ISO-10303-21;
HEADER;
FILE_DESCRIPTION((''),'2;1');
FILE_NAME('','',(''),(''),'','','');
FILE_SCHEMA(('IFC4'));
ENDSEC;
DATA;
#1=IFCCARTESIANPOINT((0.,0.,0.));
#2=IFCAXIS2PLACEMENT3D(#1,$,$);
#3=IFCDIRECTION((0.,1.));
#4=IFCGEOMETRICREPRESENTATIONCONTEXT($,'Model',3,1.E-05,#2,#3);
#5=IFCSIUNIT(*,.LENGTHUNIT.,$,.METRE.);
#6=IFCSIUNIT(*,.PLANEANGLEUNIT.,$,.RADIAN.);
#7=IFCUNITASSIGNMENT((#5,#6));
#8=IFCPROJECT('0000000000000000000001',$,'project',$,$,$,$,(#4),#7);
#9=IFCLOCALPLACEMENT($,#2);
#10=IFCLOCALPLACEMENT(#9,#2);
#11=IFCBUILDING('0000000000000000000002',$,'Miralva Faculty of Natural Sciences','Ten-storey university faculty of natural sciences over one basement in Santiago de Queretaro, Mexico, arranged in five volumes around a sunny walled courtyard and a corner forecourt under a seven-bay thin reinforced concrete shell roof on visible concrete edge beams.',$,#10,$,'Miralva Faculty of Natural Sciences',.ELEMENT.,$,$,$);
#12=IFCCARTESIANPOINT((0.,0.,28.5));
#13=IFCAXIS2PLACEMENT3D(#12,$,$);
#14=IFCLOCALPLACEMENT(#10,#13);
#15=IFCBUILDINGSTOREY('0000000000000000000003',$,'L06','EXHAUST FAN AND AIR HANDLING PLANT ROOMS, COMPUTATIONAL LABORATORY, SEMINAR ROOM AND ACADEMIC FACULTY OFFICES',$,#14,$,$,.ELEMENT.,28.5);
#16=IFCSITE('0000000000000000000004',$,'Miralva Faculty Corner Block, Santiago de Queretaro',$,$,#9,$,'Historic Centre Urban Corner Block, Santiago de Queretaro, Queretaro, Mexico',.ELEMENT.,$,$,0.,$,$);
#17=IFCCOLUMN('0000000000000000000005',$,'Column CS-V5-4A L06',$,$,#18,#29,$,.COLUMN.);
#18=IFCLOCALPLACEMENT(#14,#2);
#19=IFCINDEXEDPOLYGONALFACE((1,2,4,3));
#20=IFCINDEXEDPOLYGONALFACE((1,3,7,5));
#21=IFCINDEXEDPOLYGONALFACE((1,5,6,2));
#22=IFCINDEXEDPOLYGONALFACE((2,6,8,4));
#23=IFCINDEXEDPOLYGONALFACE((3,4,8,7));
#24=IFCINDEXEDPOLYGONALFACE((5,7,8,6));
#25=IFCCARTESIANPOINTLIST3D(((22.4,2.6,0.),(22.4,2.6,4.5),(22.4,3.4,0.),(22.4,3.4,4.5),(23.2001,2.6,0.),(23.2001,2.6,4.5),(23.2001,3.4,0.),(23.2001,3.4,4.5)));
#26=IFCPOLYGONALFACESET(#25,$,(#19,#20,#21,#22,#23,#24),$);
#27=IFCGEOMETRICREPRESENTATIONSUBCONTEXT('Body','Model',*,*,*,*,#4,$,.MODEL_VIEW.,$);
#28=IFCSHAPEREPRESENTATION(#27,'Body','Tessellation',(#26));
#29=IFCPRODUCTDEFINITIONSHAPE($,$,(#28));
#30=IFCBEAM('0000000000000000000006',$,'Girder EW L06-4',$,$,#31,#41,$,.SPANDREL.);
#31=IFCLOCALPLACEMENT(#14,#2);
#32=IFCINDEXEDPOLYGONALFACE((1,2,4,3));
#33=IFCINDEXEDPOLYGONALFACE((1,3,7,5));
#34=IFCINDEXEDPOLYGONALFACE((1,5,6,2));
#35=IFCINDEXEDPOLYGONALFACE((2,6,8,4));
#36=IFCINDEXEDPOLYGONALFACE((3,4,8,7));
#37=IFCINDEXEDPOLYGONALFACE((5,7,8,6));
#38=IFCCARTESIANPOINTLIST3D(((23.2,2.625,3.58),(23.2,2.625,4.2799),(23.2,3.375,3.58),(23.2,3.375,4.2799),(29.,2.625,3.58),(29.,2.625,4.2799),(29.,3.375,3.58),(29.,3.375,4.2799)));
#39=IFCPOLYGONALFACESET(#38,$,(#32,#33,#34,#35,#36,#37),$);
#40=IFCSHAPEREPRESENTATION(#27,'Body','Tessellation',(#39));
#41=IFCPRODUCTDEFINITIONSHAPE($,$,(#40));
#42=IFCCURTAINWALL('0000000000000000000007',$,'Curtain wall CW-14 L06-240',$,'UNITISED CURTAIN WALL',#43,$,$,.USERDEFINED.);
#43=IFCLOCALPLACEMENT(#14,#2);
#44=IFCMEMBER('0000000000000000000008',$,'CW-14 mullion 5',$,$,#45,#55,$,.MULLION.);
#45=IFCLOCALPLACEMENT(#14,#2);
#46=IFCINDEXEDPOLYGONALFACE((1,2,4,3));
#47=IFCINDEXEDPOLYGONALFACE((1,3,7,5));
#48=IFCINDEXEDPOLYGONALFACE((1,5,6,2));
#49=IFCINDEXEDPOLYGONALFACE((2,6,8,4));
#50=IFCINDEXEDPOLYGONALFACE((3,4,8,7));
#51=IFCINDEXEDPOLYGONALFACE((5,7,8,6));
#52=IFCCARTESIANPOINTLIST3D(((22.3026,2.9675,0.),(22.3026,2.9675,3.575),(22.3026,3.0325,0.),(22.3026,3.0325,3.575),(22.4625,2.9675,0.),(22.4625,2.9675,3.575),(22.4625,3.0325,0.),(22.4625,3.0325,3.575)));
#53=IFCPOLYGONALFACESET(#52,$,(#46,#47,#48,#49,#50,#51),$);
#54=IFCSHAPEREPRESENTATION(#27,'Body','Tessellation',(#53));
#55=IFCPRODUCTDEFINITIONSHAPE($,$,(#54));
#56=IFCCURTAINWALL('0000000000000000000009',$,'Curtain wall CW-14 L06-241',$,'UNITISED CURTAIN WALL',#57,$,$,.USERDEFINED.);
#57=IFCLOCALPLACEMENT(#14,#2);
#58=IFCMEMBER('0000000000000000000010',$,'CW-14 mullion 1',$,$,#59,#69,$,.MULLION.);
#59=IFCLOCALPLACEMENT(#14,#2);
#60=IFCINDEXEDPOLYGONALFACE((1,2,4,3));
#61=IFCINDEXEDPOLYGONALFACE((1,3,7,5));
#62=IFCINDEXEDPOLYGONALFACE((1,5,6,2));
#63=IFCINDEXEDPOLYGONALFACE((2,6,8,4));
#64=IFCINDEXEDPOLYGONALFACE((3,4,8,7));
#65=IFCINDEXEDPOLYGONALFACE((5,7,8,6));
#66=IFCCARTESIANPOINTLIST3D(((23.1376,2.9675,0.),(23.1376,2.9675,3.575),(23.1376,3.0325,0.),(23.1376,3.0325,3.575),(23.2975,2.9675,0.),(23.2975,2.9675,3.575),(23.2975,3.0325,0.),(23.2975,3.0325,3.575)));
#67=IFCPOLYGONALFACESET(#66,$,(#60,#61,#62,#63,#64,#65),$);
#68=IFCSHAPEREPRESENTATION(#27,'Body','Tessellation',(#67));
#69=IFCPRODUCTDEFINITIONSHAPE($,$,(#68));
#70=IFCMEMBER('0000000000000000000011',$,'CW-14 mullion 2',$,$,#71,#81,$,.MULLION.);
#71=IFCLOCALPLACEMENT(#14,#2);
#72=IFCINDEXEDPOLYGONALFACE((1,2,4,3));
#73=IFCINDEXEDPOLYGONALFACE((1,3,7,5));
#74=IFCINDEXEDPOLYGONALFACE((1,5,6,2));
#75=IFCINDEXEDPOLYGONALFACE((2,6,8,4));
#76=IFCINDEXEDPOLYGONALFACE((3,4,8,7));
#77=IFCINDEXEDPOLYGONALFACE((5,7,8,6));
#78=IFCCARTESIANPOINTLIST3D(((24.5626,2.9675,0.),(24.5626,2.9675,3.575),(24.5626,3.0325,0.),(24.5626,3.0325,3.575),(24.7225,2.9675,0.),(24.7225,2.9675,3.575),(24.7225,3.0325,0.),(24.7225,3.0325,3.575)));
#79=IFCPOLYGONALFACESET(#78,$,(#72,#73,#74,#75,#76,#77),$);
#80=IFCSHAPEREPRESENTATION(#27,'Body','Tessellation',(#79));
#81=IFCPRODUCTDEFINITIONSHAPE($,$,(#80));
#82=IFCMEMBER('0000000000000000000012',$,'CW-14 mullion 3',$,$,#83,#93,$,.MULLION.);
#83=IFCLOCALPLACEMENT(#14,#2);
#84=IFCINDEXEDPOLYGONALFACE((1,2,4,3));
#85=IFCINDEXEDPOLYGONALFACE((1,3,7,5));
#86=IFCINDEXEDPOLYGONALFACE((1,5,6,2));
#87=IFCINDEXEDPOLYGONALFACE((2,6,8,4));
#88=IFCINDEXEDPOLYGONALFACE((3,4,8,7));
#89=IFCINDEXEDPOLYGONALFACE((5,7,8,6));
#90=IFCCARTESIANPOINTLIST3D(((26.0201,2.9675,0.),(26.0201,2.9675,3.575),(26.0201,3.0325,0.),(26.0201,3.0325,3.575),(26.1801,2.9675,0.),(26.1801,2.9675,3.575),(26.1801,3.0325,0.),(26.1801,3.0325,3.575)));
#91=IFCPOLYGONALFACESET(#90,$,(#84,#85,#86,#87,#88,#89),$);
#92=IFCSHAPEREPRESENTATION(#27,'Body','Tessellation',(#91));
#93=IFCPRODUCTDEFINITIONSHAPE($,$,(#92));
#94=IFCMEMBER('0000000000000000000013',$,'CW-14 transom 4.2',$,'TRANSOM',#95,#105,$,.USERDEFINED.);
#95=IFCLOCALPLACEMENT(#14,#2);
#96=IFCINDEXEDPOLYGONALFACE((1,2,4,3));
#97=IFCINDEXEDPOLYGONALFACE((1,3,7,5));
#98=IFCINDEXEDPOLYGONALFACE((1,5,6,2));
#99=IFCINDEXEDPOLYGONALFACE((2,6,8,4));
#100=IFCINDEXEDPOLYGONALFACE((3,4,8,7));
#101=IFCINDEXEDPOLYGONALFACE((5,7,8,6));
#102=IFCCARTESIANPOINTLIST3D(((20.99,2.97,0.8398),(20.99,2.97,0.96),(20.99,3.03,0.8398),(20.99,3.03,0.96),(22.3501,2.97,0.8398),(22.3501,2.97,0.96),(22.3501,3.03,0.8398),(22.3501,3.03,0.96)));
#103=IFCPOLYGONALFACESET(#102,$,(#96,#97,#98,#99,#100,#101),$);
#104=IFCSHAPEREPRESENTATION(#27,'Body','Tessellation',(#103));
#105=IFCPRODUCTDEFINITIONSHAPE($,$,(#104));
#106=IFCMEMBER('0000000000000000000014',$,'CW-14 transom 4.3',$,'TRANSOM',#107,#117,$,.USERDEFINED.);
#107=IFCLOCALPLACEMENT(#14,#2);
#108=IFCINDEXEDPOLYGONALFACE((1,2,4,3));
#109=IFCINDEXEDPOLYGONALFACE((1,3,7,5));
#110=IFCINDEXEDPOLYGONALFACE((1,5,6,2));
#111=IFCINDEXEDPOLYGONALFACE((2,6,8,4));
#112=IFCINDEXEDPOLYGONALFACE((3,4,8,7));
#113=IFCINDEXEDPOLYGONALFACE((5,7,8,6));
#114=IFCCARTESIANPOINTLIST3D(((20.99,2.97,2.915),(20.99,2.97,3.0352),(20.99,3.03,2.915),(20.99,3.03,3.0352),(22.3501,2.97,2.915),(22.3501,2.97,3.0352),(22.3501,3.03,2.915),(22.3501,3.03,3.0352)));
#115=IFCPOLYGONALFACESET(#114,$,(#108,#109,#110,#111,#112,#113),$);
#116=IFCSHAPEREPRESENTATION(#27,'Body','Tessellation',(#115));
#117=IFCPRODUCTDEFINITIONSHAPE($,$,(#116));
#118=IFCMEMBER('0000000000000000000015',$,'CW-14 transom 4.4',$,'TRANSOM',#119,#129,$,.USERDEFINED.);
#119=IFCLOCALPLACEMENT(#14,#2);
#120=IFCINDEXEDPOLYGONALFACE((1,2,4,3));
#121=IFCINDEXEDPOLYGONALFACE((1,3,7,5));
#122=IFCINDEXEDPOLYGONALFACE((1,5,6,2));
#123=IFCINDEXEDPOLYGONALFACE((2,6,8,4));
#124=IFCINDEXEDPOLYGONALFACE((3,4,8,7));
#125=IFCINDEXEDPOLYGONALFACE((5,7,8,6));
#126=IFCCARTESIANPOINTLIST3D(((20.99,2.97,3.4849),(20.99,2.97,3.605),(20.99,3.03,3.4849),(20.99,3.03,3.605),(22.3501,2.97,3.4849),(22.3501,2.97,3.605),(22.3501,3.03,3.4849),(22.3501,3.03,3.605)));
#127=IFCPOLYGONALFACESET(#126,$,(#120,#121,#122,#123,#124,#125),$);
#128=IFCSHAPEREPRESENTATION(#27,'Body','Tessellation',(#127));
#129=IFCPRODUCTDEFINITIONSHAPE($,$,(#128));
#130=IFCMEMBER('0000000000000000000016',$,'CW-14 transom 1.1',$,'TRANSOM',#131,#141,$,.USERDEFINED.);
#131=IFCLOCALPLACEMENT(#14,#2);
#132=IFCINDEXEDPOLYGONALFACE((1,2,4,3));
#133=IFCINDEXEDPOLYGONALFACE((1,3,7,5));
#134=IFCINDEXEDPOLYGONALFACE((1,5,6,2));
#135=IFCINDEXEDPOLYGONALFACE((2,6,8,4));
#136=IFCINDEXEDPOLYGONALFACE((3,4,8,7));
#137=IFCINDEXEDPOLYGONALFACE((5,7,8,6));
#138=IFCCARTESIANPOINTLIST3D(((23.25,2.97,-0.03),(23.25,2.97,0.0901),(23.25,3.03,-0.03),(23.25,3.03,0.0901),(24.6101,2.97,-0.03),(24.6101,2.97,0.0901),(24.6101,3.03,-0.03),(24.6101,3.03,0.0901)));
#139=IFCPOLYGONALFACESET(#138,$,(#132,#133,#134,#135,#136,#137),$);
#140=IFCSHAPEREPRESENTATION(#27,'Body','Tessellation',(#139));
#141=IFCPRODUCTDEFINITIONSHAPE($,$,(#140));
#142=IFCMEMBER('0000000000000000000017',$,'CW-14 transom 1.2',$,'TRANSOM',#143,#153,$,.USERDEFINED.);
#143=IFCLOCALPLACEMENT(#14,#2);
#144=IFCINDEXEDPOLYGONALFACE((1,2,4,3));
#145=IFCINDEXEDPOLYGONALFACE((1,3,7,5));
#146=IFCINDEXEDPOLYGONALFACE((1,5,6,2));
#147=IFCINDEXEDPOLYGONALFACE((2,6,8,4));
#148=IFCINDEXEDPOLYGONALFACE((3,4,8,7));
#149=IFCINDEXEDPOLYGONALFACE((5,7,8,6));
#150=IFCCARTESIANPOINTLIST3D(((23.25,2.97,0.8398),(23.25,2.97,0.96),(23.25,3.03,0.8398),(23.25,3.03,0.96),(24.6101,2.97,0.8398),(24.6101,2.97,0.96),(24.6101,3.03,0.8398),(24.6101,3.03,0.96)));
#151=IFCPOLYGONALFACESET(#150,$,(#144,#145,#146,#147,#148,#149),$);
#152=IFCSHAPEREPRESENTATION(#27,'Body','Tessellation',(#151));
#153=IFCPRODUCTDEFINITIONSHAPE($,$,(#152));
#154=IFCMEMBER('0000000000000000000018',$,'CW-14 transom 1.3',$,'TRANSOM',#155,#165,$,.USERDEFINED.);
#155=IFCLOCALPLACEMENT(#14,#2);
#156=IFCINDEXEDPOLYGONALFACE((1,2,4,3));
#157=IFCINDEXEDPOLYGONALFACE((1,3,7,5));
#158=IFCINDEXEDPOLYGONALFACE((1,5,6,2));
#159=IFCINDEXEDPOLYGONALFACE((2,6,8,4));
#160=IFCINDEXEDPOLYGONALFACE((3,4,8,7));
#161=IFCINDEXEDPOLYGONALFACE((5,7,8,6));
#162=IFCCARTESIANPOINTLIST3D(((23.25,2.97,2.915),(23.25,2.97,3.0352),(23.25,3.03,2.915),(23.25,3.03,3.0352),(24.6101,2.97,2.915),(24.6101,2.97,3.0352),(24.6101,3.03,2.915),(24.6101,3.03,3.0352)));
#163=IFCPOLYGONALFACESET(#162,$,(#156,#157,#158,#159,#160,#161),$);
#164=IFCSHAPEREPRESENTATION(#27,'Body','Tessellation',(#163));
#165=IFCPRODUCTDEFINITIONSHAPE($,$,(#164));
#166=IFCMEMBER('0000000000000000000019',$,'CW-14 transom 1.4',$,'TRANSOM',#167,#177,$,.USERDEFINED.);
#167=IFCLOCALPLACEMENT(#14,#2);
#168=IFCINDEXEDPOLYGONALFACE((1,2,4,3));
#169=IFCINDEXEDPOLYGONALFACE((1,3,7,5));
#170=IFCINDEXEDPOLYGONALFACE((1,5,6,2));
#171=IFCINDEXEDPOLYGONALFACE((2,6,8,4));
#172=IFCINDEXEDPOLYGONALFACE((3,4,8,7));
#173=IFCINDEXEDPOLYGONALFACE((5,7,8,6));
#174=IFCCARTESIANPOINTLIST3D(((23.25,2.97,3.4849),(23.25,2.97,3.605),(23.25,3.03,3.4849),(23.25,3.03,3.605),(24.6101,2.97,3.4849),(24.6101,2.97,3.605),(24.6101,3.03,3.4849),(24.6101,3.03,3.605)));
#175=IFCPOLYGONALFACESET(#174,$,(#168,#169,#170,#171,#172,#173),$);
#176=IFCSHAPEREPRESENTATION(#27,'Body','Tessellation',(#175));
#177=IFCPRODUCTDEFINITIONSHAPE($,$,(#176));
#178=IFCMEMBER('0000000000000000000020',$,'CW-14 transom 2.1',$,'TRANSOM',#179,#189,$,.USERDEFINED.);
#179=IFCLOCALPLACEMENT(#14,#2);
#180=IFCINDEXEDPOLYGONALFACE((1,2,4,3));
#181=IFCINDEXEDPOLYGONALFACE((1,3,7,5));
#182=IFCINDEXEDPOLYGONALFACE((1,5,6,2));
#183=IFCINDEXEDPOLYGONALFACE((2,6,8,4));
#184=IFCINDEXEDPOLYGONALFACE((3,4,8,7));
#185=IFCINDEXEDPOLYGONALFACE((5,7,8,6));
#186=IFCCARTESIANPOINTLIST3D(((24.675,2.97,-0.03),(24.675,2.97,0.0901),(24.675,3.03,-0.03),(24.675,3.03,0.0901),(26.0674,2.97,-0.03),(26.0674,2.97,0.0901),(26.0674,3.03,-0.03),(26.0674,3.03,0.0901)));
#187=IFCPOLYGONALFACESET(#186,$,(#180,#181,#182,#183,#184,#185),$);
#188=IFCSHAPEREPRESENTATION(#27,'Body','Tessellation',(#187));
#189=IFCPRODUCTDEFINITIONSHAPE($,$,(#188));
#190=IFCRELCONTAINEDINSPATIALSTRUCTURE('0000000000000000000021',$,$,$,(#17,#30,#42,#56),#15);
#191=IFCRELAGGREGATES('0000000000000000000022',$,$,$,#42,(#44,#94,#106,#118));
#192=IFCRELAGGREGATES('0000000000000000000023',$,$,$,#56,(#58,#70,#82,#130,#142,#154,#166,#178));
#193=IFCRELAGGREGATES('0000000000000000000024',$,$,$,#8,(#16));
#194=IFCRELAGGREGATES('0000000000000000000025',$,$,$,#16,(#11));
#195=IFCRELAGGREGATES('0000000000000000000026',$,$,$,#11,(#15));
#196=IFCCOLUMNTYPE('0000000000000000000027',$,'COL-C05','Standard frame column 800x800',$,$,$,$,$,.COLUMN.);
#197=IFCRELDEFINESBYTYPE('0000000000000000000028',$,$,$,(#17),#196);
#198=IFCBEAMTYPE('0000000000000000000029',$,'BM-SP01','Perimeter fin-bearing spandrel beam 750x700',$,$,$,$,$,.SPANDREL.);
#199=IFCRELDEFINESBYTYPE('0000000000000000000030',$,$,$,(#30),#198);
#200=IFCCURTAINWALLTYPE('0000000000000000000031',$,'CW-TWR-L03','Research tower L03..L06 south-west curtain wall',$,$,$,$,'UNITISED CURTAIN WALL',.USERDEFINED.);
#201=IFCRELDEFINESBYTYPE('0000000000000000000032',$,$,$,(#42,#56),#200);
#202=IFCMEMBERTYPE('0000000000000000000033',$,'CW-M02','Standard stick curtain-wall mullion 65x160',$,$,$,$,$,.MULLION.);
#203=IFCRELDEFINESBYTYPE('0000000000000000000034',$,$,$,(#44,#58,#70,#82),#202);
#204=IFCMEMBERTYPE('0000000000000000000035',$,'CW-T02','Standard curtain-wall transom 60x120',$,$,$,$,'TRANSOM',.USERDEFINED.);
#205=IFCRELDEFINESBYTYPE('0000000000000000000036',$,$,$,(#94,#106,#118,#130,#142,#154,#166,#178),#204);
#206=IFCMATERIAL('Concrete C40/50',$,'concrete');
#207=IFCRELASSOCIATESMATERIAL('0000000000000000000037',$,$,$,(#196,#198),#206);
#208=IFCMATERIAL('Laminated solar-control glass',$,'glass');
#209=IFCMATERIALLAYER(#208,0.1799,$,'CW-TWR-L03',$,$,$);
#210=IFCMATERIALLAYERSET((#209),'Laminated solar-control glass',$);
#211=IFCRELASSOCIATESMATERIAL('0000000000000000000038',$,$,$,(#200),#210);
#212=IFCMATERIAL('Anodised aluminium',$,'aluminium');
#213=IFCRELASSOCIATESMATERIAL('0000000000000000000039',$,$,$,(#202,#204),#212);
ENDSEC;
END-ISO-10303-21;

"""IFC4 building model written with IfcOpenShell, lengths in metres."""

from ifc_helpers import new_model, si_unit, direction, frame, origin, origin_2d, place, context, subcontext, project, spatial, rectangle, extrude, material, layer, layer_set, material_profile, profile_set, type_object, element, aggregate, save


model = new_model("IFC4")

# Units and contexts
model_context = context("Model", 3, precision=1e-05, world=origin(), true_north=direction((0.0, 1.0)))
body_context = subcontext(model_context, "Body", "Model", "MODEL_VIEW")
ifc_project = project(units=[si_unit("LENGTHUNIT", "METRE"), si_unit("PLANEANGLEUNIT", "RADIAN")], contexts=[model_context])

# Site, building, storey
site_placement = place(None, origin())
site = spatial("IfcSite", under=ifc_project, at=site_placement, Name="Miralva Faculty Corner Block, Santiago de Queretaro", LongName="Historic Centre Urban Corner Block, Santiago de Queretaro, Queretaro, Mexico", CompositionType="ELEMENT", RefElevation=0.0)
building_placement = place(site_placement, origin())
building = spatial("IfcBuilding", under=site, at=building_placement, Name="Miralva Faculty of Natural Sciences", Description="Ten-storey university faculty of natural sciences over one basement in Santiago de Queretaro, Mexico, arranged in five volumes around a sunny walled courtyard and a corner forecourt under a seven-bay thin reinforced concrete shell roof on visible concrete edge beams.", LongName="Miralva Faculty of Natural Sciences", CompositionType="ELEMENT")
storey_placement = place(building_placement, frame((0.0, 0.0, 28.5)))
storey = spatial("IfcBuildingStorey", under=building, at=storey_placement, Name="L06", Description="EXHAUST FAN AND AIR HANDLING PLANT ROOMS, COMPUTATIONAL LABORATORY, SEMINAR ROOM AND ACADEMIC FACULTY OFFICES", CompositionType="ELEMENT", Elevation=28.5)

# Column
ifc_material_1 = material(Name="Concrete C40/50", Category="concrete")
ifc_material_profile_1 = material_profile(ifc_material_1, rectangle(XDim=0.8, YDim=0.8, at=origin_2d()), Name="RC 800x800")
ifc_profile_set_1 = profile_set([ifc_material_profile_1], Name="Concrete C40/50")
column_type = type_object("IfcColumnType", Name="COL-C05", Description="Standard frame column 800x800", PredefinedType="COLUMN", material=ifc_profile_set_1)
column_placement = place(storey_placement, frame((22.8, 3.0, 0.0), z_axis=(0.0, 0.0, 1.0), x_axis=(1.0, 0.0, 0.0)))
element("IfcColumn", 1, at=column_placement, inside=storey, type_object=column_type, Name="Column CS-V5-4A L06", PredefinedType="COLUMN", context=body_context, shape_type="SweptSolid", body=[
    extrude(rectangle(XDim=0.8, YDim=0.8, at=origin_2d()), origin(), (0.0, 0.0, 1.0), 4.5),
])

# Beam
ifc_material_profile_2 = material_profile(ifc_material_1, rectangle(XDim=0.75, YDim=0.7, at=origin_2d()), Name="RC 750x700")
ifc_profile_set_2 = profile_set([ifc_material_profile_2], Name="Concrete C40/50")
beam_type = type_object("IfcBeamType", Name="BM-SP01", Description="Perimeter fin-bearing spandrel beam 750x700", PredefinedType="SPANDREL", material=ifc_profile_set_2)
beam_placement = place(storey_placement, frame((23.2, 3.0, 3.9299), z_axis=(1.0, 0.0, 0.0), x_axis=(0.0, 1.0, 0.0)))
element("IfcBeam", 2, at=beam_placement, inside=storey, type_object=beam_type, Name="Girder EW L06-4", PredefinedType="SPANDREL", context=body_context, shape_type="SweptSolid", body=[
    extrude(rectangle(XDim=0.75, YDim=0.7, at=origin_2d()), origin(), (0.0, 0.0, 1.0), 5.8),
])

# Curtain wall, member
ifc_material_2 = material(Name="Laminated solar-control glass", Category="glass")
ifc_layer_1 = layer(ifc_material_2, 0.1799, Name="CW-TWR-L03")
ifc_layer_set_1 = layer_set([ifc_layer_1], Name="Laminated solar-control glass")
curtain_wall_type = type_object("IfcCurtainWallType", Name="CW-TWR-L03", Description="Research tower L03..L06 south-west curtain wall", ElementType="UNITISED CURTAIN WALL", PredefinedType="USERDEFINED", material=ifc_layer_set_1)
curtain_wall_1_placement = place(storey_placement, origin())
curtain_wall_1 = element("IfcCurtainWall", 3, at=curtain_wall_1_placement, inside=storey, type_object=curtain_wall_type, Name="Curtain wall CW-14 L06-240", ObjectType="UNITISED CURTAIN WALL", PredefinedType="USERDEFINED")
ifc_material_3 = material(Name="Anodised aluminium", Category="aluminium")
ifc_material_profile_3 = material_profile(ifc_material_3, rectangle(XDim=0.0649, YDim=0.1599, at=origin_2d()), Name="MULLION 65x160")
ifc_profile_set_3 = profile_set([ifc_material_profile_3], Name="Anodised aluminium")
member_type_1 = type_object("IfcMemberType", Name="CW-M02", Description="Standard stick curtain-wall mullion 65x160", PredefinedType="MULLION", material=ifc_profile_set_3)
member_1_placement = place(storey_placement, frame((22.3826, 3.0, 0.0), z_axis=(0.0, 0.0, 1.0), x_axis=(0.0, 1.0, 0.0)))
member_1 = element("IfcMember", 4, at=member_1_placement, type_object=member_type_1, Name="CW-14 mullion 5", PredefinedType="MULLION", context=body_context, shape_type="SweptSolid", body=[
    extrude(rectangle(XDim=0.0649, YDim=0.1599, at=origin_2d()), origin(), (0.0, 0.0, 1.0), 3.575),
])

# Curtain wall, members
curtain_wall_2_placement = place(storey_placement, origin())
curtain_wall_2 = element("IfcCurtainWall", 5, at=curtain_wall_2_placement, inside=storey, type_object=curtain_wall_type, Name="Curtain wall CW-14 L06-241", ObjectType="UNITISED CURTAIN WALL", PredefinedType="USERDEFINED")
member_2_placement = place(storey_placement, frame((23.2175, 3.0, 0.0), z_axis=(0.0, 0.0, 1.0), x_axis=(0.0, 1.0, 0.0)))
member_2 = element("IfcMember", 6, at=member_2_placement, type_object=member_type_1, Name="CW-14 mullion 1", PredefinedType="MULLION", context=body_context, shape_type="SweptSolid", body=[
    extrude(rectangle(XDim=0.0649, YDim=0.1599, at=origin_2d()), origin(), (0.0, 0.0, 1.0), 3.575),
])
member_3_placement = place(storey_placement, frame((24.6426, 3.0, 0.0), z_axis=(0.0, 0.0, 1.0), x_axis=(0.0, 1.0, 0.0)))
member_3 = element("IfcMember", 7, at=member_3_placement, type_object=member_type_1, Name="CW-14 mullion 2", PredefinedType="MULLION", context=body_context, shape_type="SweptSolid", body=[
    extrude(rectangle(XDim=0.0649, YDim=0.1599, at=origin_2d()), origin(), (0.0, 0.0, 1.0), 3.575),
])
member_4_placement = place(storey_placement, frame((26.1001, 3.0, 0.0), z_axis=(0.0, 0.0, 1.0), x_axis=(0.0, 1.0, 0.0)))
member_4 = element("IfcMember", 8, at=member_4_placement, type_object=member_type_1, Name="CW-14 mullion 3", PredefinedType="MULLION", context=body_context, shape_type="SweptSolid", body=[
    extrude(rectangle(XDim=0.0649, YDim=0.1599, at=origin_2d()), origin(), (0.0, 0.0, 1.0), 3.575),
])

# Members
ifc_material_profile_4 = material_profile(ifc_material_3, rectangle(XDim=0.0601, YDim=0.1201, at=origin_2d()), Name="TRANSOM 60x120")
ifc_profile_set_4 = profile_set([ifc_material_profile_4], Name="Anodised aluminium")
member_type_2 = type_object("IfcMemberType", Name="CW-T02", Description="Standard curtain-wall transom 60x120", ElementType="TRANSOM", PredefinedType="USERDEFINED", material=ifc_profile_set_4)
member_5_placement = place(storey_placement, frame((20.99, 3.0, 0.8999), z_axis=(1.0, 0.0, 0.0), x_axis=(0.0, 1.0, 0.0)))
member_5 = element("IfcMember", 9, at=member_5_placement, type_object=member_type_2, Name="CW-14 transom 4.2", ObjectType="TRANSOM", PredefinedType="USERDEFINED", context=body_context, shape_type="SweptSolid", body=[
    extrude(rectangle(XDim=0.0601, YDim=0.1201, at=origin_2d()), origin(), (0.0, 0.0, 1.0), 1.3601),
])
member_6_placement = place(storey_placement, frame((20.99, 3.0, 2.9751), z_axis=(1.0, 0.0, 0.0), x_axis=(0.0, 1.0, 0.0)))
member_6 = element("IfcMember", 10, at=member_6_placement, type_object=member_type_2, Name="CW-14 transom 4.3", ObjectType="TRANSOM", PredefinedType="USERDEFINED", context=body_context, shape_type="SweptSolid", body=[
    extrude(rectangle(XDim=0.0601, YDim=0.1201, at=origin_2d()), origin(), (0.0, 0.0, 1.0), 1.3601),
])
member_7_placement = place(storey_placement, frame((20.99, 3.0, 3.5449), z_axis=(1.0, 0.0, 0.0), x_axis=(0.0, 1.0, 0.0)))
member_7 = element("IfcMember", 11, at=member_7_placement, type_object=member_type_2, Name="CW-14 transom 4.4", ObjectType="TRANSOM", PredefinedType="USERDEFINED", context=body_context, shape_type="SweptSolid", body=[
    extrude(rectangle(XDim=0.0601, YDim=0.1201, at=origin_2d()), origin(), (0.0, 0.0, 1.0), 1.3601),
])
member_8_placement = place(storey_placement, frame((23.25, 3.0, 0.03), z_axis=(1.0, 0.0, 0.0), x_axis=(0.0, 1.0, 0.0)))
member_8 = element("IfcMember", 12, at=member_8_placement, type_object=member_type_2, Name="CW-14 transom 1.1", ObjectType="TRANSOM", PredefinedType="USERDEFINED", context=body_context, shape_type="SweptSolid", body=[
    extrude(rectangle(XDim=0.0601, YDim=0.1201, at=origin_2d()), origin(), (0.0, 0.0, 1.0), 1.3601),
])
member_9_placement = place(storey_placement, frame((23.25, 3.0, 0.8999), z_axis=(1.0, 0.0, 0.0), x_axis=(0.0, 1.0, 0.0)))
member_9 = element("IfcMember", 13, at=member_9_placement, type_object=member_type_2, Name="CW-14 transom 1.2", ObjectType="TRANSOM", PredefinedType="USERDEFINED", context=body_context, shape_type="SweptSolid", body=[
    extrude(rectangle(XDim=0.0601, YDim=0.1201, at=origin_2d()), origin(), (0.0, 0.0, 1.0), 1.3601),
])
member_10_placement = place(storey_placement, frame((23.25, 3.0, 2.9751), z_axis=(1.0, 0.0, 0.0), x_axis=(0.0, 1.0, 0.0)))
member_10 = element("IfcMember", 14, at=member_10_placement, type_object=member_type_2, Name="CW-14 transom 1.3", ObjectType="TRANSOM", PredefinedType="USERDEFINED", context=body_context, shape_type="SweptSolid", body=[
    extrude(rectangle(XDim=0.0601, YDim=0.1201, at=origin_2d()), origin(), (0.0, 0.0, 1.0), 1.3601),
])
member_11_placement = place(storey_placement, frame((23.25, 3.0, 3.5449), z_axis=(1.0, 0.0, 0.0), x_axis=(0.0, 1.0, 0.0)))
member_11 = element("IfcMember", 15, at=member_11_placement, type_object=member_type_2, Name="CW-14 transom 1.4", ObjectType="TRANSOM", PredefinedType="USERDEFINED", context=body_context, shape_type="SweptSolid", body=[
    extrude(rectangle(XDim=0.0601, YDim=0.1201, at=origin_2d()), origin(), (0.0, 0.0, 1.0), 1.3601),
])
member_12_placement = place(storey_placement, frame((24.675, 3.0, 0.03), z_axis=(1.0, 0.0, 0.0), x_axis=(0.0, 1.0, 0.0)))
member_12 = element("IfcMember", 16, at=member_12_placement, type_object=member_type_2, Name="CW-14 transom 2.1", ObjectType="TRANSOM", PredefinedType="USERDEFINED", context=body_context, shape_type="SweptSolid", body=[
    extrude(rectangle(XDim=0.0601, YDim=0.1201, at=origin_2d()), origin(), (0.0, 0.0, 1.0), 1.3923),
])

aggregate(curtain_wall_1, [member_1, member_5, member_6, member_7])
aggregate(curtain_wall_2, [member_2, member_3, member_4, member_8, member_9, member_10, member_11, member_12])

save(model, "model.ifc")
